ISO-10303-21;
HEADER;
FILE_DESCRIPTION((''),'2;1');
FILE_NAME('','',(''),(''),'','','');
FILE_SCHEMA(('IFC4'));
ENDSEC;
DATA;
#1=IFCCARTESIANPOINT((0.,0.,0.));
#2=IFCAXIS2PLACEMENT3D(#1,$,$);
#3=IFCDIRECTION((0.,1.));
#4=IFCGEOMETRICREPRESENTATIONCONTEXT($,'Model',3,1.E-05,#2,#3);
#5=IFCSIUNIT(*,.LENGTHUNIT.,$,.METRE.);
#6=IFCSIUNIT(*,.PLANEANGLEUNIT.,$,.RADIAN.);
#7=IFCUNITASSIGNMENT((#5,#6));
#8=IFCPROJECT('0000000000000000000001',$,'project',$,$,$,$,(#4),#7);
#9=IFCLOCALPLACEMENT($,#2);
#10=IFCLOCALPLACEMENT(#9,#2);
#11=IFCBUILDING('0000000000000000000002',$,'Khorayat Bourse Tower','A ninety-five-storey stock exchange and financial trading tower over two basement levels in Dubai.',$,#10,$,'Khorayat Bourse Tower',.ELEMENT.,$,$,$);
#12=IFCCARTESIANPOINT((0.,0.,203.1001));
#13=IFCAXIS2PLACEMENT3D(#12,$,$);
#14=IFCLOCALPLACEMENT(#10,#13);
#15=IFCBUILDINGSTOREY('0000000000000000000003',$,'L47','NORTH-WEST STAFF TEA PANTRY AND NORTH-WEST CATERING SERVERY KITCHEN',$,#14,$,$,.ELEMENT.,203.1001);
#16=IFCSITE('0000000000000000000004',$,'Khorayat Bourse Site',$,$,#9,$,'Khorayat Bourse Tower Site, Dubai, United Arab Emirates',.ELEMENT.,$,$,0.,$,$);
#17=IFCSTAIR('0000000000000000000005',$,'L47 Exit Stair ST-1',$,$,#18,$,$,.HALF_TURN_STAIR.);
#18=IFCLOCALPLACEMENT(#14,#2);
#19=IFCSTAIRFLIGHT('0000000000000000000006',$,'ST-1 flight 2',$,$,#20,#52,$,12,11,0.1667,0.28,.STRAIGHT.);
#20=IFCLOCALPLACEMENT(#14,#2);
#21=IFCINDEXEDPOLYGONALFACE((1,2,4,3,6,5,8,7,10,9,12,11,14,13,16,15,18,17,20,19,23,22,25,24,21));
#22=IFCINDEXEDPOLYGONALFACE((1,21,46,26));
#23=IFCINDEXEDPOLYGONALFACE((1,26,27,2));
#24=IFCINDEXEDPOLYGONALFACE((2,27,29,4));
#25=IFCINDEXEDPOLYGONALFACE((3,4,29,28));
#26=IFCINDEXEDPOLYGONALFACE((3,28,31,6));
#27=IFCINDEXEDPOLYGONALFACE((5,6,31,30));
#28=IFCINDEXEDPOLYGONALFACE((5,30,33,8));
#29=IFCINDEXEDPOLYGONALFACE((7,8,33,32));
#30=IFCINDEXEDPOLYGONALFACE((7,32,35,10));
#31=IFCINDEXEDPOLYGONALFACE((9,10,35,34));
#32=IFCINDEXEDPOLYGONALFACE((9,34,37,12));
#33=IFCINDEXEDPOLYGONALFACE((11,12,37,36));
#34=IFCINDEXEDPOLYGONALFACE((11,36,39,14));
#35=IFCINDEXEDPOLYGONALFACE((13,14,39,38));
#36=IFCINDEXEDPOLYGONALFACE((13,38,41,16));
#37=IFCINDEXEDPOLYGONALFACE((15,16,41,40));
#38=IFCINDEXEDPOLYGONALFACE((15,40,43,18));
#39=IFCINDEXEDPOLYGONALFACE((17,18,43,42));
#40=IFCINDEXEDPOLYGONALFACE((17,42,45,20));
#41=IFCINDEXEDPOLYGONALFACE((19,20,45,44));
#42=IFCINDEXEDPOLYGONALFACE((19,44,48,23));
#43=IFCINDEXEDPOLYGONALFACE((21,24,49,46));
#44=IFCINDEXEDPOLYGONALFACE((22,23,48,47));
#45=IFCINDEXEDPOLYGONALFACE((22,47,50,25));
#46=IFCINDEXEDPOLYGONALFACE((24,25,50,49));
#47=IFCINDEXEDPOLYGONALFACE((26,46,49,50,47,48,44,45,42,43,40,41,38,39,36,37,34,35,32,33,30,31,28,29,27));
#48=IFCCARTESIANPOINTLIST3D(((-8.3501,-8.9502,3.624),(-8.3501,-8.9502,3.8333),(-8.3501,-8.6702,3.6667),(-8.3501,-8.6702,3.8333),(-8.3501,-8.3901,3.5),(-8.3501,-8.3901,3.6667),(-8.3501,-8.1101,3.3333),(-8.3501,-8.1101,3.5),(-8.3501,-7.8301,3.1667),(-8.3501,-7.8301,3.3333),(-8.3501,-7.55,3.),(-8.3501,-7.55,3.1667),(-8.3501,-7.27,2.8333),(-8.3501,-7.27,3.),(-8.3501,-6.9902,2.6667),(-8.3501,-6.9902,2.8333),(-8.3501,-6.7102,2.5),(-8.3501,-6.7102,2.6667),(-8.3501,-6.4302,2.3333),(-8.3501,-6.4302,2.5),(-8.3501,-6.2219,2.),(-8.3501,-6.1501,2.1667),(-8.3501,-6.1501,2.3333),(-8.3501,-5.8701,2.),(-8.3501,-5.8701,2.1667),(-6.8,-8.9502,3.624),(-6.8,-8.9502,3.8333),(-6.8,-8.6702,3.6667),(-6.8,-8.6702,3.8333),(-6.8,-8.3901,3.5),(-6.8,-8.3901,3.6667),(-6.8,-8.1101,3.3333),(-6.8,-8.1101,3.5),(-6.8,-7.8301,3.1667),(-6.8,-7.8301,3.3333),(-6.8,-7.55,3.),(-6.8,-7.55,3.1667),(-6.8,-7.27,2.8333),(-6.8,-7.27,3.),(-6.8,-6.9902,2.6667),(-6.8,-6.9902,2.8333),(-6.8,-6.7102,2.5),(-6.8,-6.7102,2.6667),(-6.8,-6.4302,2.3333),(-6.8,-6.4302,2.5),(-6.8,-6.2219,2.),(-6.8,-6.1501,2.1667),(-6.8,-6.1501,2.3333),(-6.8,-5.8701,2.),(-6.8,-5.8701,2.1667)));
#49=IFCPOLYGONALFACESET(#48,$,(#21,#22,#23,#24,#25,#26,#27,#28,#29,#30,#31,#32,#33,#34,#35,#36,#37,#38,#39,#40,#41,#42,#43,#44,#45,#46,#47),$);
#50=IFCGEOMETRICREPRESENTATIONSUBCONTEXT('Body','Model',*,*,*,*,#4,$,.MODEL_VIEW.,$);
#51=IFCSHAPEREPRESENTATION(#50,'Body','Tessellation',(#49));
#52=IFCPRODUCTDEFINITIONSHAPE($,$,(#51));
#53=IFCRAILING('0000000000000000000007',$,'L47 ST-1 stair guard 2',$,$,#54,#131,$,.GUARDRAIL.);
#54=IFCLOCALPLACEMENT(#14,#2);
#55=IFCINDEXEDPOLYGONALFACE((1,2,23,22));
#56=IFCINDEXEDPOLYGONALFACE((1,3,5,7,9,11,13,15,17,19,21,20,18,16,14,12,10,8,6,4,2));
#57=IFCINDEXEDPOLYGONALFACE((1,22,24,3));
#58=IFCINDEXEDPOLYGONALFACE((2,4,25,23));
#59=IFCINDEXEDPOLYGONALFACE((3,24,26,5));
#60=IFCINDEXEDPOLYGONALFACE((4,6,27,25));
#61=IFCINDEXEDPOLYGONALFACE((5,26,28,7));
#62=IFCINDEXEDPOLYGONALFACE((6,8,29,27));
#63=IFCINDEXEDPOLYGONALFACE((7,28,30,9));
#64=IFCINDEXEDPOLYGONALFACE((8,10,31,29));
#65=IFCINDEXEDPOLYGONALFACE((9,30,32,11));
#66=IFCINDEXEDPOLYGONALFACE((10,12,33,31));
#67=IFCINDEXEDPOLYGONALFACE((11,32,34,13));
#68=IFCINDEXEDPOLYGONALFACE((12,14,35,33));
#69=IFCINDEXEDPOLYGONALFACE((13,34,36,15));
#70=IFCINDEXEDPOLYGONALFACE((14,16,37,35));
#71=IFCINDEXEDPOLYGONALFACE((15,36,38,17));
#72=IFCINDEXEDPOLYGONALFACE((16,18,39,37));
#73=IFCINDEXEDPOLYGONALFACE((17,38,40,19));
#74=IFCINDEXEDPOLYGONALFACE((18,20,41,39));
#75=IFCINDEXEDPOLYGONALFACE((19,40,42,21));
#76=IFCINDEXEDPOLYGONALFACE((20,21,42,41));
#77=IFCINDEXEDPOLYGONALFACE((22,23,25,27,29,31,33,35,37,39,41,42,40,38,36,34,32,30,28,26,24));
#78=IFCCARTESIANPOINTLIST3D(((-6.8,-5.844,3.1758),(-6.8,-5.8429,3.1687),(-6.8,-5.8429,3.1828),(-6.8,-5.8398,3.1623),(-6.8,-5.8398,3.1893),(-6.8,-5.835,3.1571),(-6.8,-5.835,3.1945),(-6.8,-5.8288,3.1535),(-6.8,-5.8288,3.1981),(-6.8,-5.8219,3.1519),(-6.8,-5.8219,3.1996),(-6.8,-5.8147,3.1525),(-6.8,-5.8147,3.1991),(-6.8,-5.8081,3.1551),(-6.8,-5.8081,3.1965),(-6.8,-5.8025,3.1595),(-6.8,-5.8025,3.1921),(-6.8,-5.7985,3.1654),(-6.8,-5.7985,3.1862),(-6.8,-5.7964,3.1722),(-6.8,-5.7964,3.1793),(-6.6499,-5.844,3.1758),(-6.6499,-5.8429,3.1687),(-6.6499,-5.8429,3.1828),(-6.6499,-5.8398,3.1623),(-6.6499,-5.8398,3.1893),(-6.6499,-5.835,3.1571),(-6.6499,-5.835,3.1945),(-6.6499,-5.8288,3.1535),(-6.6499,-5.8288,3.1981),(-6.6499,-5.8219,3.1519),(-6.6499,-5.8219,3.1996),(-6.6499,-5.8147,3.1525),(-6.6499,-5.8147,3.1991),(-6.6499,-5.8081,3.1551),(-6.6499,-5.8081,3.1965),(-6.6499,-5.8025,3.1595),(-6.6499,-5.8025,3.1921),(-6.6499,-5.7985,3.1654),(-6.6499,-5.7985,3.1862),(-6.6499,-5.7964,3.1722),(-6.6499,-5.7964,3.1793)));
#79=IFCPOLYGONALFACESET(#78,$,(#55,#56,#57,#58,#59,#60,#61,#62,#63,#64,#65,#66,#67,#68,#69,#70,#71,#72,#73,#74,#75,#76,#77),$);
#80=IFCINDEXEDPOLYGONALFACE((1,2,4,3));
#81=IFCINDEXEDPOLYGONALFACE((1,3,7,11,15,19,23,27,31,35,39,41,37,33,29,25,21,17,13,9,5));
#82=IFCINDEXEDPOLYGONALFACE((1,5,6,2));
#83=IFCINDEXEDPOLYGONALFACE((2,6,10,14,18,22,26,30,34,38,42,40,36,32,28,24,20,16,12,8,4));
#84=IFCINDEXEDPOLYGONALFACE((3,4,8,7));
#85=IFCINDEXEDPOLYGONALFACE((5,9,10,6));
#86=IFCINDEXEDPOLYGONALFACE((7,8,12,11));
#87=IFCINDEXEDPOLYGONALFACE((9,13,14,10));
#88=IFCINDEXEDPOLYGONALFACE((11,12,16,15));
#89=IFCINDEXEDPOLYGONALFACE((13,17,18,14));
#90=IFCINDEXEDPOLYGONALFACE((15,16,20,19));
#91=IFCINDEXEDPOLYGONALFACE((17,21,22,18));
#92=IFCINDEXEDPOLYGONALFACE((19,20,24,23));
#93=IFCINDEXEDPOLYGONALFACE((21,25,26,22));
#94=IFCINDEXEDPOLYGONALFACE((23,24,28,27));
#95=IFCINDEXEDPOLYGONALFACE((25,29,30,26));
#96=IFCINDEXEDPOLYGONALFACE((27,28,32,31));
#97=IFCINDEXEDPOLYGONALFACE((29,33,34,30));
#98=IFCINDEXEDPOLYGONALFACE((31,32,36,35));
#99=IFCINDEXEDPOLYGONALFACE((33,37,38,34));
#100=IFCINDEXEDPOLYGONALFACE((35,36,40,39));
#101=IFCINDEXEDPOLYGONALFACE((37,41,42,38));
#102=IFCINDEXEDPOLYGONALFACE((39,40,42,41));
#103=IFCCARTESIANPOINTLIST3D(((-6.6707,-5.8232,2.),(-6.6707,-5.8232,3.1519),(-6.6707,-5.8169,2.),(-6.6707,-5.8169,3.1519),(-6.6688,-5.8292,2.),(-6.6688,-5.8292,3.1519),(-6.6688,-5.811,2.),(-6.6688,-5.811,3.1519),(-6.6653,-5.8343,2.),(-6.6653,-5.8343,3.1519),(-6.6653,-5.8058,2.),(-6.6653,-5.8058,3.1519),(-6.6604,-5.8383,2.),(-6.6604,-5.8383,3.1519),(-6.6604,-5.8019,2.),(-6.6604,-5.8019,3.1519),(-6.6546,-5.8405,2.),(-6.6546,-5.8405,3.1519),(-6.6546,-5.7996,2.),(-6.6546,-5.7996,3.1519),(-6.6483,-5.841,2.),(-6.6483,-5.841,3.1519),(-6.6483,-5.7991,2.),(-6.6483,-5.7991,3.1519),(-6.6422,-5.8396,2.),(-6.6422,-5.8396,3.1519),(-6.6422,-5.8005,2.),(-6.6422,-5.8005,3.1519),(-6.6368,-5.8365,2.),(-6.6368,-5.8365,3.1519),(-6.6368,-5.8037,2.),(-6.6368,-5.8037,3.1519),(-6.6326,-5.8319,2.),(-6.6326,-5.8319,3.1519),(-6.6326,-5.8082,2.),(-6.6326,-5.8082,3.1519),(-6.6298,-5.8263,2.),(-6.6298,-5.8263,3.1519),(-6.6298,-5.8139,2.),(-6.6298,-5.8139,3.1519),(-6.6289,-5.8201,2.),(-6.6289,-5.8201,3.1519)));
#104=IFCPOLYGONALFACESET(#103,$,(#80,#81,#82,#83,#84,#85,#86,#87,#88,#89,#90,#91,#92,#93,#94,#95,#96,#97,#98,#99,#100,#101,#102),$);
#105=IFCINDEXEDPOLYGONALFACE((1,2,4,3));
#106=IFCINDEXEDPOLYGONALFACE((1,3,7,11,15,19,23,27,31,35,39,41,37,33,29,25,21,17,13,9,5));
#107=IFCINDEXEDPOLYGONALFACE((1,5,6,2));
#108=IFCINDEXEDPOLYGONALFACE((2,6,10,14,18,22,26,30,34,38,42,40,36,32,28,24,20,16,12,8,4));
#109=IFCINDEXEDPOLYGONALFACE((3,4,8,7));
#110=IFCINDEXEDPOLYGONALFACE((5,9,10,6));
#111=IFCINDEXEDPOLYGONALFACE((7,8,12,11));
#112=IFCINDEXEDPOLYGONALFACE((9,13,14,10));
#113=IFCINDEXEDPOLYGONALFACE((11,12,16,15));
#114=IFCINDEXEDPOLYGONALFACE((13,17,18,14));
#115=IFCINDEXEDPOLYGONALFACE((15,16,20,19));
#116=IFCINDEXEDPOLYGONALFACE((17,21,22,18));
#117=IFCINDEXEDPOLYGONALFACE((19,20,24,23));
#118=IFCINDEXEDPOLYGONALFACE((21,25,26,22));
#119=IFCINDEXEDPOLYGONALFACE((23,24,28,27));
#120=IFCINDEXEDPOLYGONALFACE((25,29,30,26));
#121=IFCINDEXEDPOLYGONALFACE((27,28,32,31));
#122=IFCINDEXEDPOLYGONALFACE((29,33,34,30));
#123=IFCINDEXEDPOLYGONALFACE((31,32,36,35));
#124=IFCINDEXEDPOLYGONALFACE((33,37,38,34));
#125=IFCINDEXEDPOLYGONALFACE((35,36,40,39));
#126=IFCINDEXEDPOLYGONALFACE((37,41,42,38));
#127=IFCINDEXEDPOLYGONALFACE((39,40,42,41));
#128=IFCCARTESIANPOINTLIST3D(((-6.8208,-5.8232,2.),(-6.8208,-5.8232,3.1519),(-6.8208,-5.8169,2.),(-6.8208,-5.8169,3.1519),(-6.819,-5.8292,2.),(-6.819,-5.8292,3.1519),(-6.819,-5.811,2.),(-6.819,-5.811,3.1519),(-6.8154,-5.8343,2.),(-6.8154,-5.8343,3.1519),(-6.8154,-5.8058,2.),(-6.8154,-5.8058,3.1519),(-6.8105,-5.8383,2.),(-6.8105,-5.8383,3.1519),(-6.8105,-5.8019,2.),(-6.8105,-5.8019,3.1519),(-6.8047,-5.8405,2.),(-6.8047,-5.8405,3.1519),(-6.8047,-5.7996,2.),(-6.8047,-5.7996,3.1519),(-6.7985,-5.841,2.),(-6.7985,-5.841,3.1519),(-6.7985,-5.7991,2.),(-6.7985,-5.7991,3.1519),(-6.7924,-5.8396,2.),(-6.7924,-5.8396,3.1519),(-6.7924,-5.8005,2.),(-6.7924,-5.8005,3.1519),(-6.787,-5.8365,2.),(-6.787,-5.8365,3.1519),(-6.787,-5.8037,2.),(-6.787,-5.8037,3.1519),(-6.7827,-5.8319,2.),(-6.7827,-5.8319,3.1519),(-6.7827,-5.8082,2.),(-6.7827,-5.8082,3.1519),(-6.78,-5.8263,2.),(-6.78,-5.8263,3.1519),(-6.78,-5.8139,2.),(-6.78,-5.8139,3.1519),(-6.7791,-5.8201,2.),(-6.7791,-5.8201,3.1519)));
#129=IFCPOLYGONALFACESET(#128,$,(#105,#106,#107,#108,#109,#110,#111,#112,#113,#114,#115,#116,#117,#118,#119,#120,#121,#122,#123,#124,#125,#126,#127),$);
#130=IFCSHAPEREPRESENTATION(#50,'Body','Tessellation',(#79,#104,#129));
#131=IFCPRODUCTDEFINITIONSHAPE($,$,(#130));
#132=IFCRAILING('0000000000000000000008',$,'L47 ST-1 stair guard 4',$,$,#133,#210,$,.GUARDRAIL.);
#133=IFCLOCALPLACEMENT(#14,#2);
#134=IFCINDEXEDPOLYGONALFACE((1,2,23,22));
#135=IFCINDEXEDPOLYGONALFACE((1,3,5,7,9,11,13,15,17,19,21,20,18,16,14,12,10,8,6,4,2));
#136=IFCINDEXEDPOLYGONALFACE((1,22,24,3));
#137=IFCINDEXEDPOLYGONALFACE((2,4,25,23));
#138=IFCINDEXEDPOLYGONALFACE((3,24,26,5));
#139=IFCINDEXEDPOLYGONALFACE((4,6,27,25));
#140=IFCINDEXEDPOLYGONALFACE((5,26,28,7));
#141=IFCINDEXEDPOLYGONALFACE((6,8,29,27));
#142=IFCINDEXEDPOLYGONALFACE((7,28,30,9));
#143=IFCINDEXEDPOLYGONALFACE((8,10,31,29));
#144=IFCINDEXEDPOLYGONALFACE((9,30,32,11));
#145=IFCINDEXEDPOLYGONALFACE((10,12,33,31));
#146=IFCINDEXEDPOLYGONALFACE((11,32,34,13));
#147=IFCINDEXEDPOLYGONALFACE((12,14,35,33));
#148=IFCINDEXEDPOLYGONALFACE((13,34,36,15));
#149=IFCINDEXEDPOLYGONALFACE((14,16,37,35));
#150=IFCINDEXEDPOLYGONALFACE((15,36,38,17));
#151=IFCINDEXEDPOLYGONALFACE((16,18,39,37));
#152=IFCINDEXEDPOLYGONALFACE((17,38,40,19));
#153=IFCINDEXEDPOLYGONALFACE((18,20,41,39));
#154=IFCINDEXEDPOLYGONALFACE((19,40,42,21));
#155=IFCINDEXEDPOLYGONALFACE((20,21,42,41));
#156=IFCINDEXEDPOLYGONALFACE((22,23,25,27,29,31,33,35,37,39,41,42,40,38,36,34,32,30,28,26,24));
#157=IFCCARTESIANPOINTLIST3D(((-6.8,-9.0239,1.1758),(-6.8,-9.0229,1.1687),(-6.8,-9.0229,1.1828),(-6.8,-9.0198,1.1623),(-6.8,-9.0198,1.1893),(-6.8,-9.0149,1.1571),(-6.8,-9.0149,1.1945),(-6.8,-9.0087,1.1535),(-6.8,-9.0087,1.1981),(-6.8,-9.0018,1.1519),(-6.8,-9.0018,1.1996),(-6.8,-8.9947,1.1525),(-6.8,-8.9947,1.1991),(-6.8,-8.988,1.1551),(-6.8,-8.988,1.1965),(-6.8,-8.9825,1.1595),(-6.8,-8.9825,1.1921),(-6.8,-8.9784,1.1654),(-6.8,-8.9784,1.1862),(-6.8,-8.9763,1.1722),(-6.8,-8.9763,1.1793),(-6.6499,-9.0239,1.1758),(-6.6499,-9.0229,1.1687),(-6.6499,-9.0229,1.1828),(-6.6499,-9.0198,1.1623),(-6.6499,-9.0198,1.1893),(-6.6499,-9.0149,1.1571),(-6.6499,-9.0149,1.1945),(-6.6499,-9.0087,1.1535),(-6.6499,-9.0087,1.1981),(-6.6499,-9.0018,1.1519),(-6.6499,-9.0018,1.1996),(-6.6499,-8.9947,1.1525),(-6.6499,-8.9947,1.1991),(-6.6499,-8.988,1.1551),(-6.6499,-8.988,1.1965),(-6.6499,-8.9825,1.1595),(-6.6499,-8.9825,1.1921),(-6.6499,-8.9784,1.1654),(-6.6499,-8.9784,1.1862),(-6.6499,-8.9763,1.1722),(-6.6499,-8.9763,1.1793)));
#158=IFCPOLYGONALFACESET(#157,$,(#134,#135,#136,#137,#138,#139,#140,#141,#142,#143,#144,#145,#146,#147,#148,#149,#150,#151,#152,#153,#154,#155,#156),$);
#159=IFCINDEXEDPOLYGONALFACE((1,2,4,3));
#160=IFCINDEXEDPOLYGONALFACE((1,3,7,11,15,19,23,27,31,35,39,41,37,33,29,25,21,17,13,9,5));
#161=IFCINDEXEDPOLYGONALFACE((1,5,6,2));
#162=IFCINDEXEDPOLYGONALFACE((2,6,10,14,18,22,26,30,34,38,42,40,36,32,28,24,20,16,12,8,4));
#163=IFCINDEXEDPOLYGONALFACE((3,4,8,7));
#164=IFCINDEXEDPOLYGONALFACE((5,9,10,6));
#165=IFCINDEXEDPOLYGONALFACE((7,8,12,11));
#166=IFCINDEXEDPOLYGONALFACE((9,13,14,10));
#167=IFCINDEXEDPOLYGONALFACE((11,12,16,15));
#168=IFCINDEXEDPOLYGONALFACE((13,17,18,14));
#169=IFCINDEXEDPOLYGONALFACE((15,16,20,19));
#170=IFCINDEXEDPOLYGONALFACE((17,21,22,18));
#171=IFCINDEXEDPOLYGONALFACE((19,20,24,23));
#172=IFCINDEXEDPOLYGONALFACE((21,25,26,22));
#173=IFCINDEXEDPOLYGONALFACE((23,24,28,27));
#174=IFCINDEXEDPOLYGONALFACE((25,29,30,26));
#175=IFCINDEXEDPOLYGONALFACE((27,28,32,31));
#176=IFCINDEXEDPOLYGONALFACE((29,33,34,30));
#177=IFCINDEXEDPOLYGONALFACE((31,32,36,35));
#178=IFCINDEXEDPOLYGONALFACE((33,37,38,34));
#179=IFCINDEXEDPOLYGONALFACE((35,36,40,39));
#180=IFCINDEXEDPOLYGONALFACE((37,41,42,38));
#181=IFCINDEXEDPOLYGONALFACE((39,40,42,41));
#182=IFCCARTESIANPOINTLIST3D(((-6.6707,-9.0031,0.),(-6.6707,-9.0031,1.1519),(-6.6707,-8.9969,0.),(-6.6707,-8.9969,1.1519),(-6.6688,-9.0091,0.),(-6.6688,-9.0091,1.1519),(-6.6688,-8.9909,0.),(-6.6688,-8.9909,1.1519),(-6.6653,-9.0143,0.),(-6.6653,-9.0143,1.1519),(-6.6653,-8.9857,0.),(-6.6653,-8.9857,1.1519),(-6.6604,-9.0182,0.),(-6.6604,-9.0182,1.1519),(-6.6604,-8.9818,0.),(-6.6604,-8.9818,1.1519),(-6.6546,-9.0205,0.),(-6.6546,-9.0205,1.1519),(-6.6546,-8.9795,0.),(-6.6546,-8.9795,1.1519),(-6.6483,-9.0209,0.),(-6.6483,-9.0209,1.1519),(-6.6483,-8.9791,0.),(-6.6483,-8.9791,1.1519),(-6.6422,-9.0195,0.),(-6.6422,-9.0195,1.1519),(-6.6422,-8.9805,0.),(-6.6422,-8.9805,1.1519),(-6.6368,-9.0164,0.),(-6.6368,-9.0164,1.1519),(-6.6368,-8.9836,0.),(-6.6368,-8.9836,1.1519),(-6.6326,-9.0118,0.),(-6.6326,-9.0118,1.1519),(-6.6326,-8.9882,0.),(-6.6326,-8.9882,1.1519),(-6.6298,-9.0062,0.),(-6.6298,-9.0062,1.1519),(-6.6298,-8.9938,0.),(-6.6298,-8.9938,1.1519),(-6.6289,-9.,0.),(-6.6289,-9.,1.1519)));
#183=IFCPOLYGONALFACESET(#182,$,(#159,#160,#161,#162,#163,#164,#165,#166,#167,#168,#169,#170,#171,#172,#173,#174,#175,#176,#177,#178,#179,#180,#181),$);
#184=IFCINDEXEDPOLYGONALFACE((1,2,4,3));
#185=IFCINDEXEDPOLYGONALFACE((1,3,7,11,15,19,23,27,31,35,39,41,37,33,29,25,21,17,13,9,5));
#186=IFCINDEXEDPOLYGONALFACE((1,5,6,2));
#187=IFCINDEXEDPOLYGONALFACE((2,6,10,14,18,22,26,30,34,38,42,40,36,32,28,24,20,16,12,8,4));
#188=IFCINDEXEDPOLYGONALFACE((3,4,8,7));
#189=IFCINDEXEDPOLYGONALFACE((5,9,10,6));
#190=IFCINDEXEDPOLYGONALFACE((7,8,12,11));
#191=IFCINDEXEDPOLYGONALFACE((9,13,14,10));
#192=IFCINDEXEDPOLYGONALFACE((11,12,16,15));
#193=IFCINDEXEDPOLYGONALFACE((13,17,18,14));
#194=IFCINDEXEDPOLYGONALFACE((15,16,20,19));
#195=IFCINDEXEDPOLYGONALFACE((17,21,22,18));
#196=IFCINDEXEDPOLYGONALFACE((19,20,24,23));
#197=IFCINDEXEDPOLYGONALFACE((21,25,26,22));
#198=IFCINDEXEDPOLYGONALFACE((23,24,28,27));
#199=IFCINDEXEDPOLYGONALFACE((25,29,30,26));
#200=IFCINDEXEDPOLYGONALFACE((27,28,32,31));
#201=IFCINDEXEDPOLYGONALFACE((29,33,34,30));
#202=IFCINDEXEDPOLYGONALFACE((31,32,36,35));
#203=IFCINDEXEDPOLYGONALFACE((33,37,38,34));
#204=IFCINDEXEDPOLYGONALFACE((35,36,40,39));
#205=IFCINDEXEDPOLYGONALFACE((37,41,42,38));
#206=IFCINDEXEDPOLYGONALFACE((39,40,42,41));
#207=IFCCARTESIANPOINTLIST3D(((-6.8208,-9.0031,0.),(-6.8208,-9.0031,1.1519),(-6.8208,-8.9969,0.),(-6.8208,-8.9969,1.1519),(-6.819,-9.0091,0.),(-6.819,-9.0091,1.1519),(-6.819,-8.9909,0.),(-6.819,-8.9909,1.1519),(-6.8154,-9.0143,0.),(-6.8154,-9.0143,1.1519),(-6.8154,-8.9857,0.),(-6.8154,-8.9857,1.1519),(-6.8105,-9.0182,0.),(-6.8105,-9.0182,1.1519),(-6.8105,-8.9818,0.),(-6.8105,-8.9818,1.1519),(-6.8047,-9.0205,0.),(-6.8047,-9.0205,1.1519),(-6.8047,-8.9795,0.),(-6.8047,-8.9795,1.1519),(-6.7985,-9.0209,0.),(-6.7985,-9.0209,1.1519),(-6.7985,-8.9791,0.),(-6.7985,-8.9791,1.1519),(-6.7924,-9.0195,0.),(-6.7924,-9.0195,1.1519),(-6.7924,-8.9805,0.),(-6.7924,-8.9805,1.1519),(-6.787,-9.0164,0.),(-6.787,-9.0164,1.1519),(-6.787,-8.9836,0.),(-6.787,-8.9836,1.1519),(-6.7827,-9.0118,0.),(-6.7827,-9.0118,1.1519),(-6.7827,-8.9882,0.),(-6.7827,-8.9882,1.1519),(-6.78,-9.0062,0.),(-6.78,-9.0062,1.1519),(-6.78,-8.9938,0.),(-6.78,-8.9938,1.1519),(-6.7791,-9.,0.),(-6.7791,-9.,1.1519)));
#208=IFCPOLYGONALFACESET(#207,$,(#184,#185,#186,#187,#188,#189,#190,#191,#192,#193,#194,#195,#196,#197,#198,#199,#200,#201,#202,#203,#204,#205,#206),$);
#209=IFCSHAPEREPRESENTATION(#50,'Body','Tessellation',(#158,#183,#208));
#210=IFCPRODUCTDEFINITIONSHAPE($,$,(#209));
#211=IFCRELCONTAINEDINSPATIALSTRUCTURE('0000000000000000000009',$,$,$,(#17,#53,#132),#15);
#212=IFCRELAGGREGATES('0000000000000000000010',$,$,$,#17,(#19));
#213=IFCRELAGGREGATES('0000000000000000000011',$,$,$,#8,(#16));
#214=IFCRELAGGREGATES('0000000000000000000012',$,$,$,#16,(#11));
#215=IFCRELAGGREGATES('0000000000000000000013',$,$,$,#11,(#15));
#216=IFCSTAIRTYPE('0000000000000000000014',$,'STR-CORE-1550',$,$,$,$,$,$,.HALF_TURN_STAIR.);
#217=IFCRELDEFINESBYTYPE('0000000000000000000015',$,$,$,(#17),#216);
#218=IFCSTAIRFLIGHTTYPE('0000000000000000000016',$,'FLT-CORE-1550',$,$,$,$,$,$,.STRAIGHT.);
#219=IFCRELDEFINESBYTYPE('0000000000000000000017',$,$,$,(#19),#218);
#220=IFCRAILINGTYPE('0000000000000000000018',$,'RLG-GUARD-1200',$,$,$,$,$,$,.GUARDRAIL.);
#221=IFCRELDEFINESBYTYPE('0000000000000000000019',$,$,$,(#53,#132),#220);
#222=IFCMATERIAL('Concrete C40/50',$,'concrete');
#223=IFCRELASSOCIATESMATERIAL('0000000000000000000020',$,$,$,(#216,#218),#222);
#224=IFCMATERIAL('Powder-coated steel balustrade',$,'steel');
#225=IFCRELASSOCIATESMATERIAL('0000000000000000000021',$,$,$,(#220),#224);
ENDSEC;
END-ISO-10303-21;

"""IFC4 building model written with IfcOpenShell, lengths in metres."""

from ifc_helpers import new_model, si_unit, direction, frame, origin, origin_2d, place, context, subcontext, project, spatial, polyline, circle, outline, extrude, source, transform, mapped, material, type_object, element, aggregate, save


model = new_model("IFC4")

# Units and contexts
model_context = context("Model", 3, precision=1e-05, world=origin(), true_north=direction((0.0, 1.0)))
body_context = subcontext(model_context, "Body", "Model", "MODEL_VIEW")
ifc_project = project(units=[si_unit("LENGTHUNIT", "METRE"), si_unit("PLANEANGLEUNIT", "RADIAN")], contexts=[model_context])

# Site, building, storey
site_placement = place(None, origin())
site = spatial("IfcSite", under=ifc_project, at=site_placement, Name="Khorayat Bourse Site", LongName="Khorayat Bourse Tower Site, Dubai, United Arab Emirates", CompositionType="ELEMENT", RefElevation=0.0)
building_placement = place(site_placement, origin())
building = spatial("IfcBuilding", under=site, at=building_placement, Name="Khorayat Bourse Tower", Description="A ninety-five-storey stock exchange and financial trading tower over two basement levels in Dubai.", LongName="Khorayat Bourse Tower", CompositionType="ELEMENT")
storey_placement = place(building_placement, frame((0.0, 0.0, 203.1001)))
storey = spatial("IfcBuildingStorey", under=building, at=storey_placement, Name="L47", Description="NORTH-WEST STAFF TEA PANTRY AND NORTH-WEST CATERING SERVERY KITCHEN", CompositionType="ELEMENT", Elevation=203.1001)

# Stair, stair flight
ifc_material_1 = material(Name="Concrete C40/50", Category="concrete")
stair_type = type_object("IfcStairType", Name="STR-CORE-1550", PredefinedType="HALF_TURN_STAIR", material=ifc_material_1)
stair_placement = place(storey_placement, origin())
stair = element("IfcStair", 1, at=stair_placement, inside=storey, type_object=stair_type, Name="L47 Exit Stair ST-1", PredefinedType="HALF_TURN_STAIR")
stair_flight_type = type_object("IfcStairFlightType", Name="FLT-CORE-1550", PredefinedType="STRAIGHT", material=ifc_material_1)
shared_shape_1 = source(origin(), body_context, "Body", "SweptSolid", [
    extrude(outline(polyline([(0.0, 0.0), (0.0, 0.1667), (0.28, 0.1667), (0.28, 0.3333), (0.5601, 0.3333), (0.5601, 0.5), (0.8401, 0.5), (0.8401, 0.6667), (1.1201, 0.6667), (1.1201, 0.8333), (1.3999, 0.8333), (1.3999, 1.0), (1.6799, 1.0), (1.6799, 1.1667), (1.96, 1.1667), (1.96, 1.3333), (2.24, 1.3333), (2.24, 1.5), (2.52, 1.5), (2.52, 1.6667), (2.8, 1.6667), (2.8, 1.8333), (3.0801, 1.8333), (3.0801, 2.0), (3.0801, 1.624), (0.3518, 0.0), (0.0, 0.0)])), frame((0.0, 0.7749, 0.0), z_axis=(0.0, -1.0, 0.0), x_axis=(1.0, 0.0, 0.0)), (0.0, 0.0, 1.0), 1.55),
])
stair_flight_1_placement = place(storey_placement, frame((-7.575, -5.8701, 2.0), z_axis=(0.0, 0.0, 1.0), x_axis=(0.0, -1.0, 0.0)))
stair_flight_1 = element("IfcStairFlight", 2, at=stair_flight_1_placement, type_object=stair_flight_type, Name="ST-1 flight 2", NumberOfRisers=12, NumberOfTreads=11, PredefinedType="STRAIGHT", RiserHeight=0.1667, TreadLength=0.28, context=body_context, shape_type="MappedRepresentation", body=[
    mapped(shared_shape_1, transform((0.0, 0.0, 0.0), scale=1.0)),
])
aggregate(stair, [stair_flight_1])

# Railings
ifc_material_2 = material(Name="Powder-coated steel balustrade", Category="steel")
railing_type_1 = type_object("IfcRailingType", Name="RLG-GUARD-1200", PredefinedType="GUARDRAIL", material=ifc_material_2)
shared_shape_2 = source(origin(), body_context, "Body", "SweptSolid", [
    extrude(circle(Radius=0.0239, at=origin_2d()), frame((0.0, 0.0, 1.1758), z_axis=(-1.0, 0.0, 0.0), x_axis=(0.0, -1.0, 0.0)), (0.0, 0.0, 1.0), 0.1501),
    extrude(circle(Radius=0.021, at=origin_2d()), origin(), (0.0, 0.0, 1.0), 1.1519),
    extrude(circle(Radius=0.021, at=origin_2d()), frame((-0.1501, 0.0, 0.0)), (0.0, 0.0, 1.0), 1.1519),
])
for number, where, name in (
    (3, (-6.6499, -5.8201, 2.0), "L47 ST-1 stair guard 2"),
    (4, (-6.6499, -9.0, 0.0), "L47 ST-1 stair guard 4"),
):
    element("IfcRailing", number, at=place(storey_placement, frame(where)), inside=storey, type_object=railing_type_1, Name=name, PredefinedType="GUARDRAIL", context=body_context, shape_type="MappedRepresentation", body=[
        mapped(shared_shape_2, transform((0.0, 0.0, 0.0), scale=1.0)),
    ])

save(model, "model.ifc")
